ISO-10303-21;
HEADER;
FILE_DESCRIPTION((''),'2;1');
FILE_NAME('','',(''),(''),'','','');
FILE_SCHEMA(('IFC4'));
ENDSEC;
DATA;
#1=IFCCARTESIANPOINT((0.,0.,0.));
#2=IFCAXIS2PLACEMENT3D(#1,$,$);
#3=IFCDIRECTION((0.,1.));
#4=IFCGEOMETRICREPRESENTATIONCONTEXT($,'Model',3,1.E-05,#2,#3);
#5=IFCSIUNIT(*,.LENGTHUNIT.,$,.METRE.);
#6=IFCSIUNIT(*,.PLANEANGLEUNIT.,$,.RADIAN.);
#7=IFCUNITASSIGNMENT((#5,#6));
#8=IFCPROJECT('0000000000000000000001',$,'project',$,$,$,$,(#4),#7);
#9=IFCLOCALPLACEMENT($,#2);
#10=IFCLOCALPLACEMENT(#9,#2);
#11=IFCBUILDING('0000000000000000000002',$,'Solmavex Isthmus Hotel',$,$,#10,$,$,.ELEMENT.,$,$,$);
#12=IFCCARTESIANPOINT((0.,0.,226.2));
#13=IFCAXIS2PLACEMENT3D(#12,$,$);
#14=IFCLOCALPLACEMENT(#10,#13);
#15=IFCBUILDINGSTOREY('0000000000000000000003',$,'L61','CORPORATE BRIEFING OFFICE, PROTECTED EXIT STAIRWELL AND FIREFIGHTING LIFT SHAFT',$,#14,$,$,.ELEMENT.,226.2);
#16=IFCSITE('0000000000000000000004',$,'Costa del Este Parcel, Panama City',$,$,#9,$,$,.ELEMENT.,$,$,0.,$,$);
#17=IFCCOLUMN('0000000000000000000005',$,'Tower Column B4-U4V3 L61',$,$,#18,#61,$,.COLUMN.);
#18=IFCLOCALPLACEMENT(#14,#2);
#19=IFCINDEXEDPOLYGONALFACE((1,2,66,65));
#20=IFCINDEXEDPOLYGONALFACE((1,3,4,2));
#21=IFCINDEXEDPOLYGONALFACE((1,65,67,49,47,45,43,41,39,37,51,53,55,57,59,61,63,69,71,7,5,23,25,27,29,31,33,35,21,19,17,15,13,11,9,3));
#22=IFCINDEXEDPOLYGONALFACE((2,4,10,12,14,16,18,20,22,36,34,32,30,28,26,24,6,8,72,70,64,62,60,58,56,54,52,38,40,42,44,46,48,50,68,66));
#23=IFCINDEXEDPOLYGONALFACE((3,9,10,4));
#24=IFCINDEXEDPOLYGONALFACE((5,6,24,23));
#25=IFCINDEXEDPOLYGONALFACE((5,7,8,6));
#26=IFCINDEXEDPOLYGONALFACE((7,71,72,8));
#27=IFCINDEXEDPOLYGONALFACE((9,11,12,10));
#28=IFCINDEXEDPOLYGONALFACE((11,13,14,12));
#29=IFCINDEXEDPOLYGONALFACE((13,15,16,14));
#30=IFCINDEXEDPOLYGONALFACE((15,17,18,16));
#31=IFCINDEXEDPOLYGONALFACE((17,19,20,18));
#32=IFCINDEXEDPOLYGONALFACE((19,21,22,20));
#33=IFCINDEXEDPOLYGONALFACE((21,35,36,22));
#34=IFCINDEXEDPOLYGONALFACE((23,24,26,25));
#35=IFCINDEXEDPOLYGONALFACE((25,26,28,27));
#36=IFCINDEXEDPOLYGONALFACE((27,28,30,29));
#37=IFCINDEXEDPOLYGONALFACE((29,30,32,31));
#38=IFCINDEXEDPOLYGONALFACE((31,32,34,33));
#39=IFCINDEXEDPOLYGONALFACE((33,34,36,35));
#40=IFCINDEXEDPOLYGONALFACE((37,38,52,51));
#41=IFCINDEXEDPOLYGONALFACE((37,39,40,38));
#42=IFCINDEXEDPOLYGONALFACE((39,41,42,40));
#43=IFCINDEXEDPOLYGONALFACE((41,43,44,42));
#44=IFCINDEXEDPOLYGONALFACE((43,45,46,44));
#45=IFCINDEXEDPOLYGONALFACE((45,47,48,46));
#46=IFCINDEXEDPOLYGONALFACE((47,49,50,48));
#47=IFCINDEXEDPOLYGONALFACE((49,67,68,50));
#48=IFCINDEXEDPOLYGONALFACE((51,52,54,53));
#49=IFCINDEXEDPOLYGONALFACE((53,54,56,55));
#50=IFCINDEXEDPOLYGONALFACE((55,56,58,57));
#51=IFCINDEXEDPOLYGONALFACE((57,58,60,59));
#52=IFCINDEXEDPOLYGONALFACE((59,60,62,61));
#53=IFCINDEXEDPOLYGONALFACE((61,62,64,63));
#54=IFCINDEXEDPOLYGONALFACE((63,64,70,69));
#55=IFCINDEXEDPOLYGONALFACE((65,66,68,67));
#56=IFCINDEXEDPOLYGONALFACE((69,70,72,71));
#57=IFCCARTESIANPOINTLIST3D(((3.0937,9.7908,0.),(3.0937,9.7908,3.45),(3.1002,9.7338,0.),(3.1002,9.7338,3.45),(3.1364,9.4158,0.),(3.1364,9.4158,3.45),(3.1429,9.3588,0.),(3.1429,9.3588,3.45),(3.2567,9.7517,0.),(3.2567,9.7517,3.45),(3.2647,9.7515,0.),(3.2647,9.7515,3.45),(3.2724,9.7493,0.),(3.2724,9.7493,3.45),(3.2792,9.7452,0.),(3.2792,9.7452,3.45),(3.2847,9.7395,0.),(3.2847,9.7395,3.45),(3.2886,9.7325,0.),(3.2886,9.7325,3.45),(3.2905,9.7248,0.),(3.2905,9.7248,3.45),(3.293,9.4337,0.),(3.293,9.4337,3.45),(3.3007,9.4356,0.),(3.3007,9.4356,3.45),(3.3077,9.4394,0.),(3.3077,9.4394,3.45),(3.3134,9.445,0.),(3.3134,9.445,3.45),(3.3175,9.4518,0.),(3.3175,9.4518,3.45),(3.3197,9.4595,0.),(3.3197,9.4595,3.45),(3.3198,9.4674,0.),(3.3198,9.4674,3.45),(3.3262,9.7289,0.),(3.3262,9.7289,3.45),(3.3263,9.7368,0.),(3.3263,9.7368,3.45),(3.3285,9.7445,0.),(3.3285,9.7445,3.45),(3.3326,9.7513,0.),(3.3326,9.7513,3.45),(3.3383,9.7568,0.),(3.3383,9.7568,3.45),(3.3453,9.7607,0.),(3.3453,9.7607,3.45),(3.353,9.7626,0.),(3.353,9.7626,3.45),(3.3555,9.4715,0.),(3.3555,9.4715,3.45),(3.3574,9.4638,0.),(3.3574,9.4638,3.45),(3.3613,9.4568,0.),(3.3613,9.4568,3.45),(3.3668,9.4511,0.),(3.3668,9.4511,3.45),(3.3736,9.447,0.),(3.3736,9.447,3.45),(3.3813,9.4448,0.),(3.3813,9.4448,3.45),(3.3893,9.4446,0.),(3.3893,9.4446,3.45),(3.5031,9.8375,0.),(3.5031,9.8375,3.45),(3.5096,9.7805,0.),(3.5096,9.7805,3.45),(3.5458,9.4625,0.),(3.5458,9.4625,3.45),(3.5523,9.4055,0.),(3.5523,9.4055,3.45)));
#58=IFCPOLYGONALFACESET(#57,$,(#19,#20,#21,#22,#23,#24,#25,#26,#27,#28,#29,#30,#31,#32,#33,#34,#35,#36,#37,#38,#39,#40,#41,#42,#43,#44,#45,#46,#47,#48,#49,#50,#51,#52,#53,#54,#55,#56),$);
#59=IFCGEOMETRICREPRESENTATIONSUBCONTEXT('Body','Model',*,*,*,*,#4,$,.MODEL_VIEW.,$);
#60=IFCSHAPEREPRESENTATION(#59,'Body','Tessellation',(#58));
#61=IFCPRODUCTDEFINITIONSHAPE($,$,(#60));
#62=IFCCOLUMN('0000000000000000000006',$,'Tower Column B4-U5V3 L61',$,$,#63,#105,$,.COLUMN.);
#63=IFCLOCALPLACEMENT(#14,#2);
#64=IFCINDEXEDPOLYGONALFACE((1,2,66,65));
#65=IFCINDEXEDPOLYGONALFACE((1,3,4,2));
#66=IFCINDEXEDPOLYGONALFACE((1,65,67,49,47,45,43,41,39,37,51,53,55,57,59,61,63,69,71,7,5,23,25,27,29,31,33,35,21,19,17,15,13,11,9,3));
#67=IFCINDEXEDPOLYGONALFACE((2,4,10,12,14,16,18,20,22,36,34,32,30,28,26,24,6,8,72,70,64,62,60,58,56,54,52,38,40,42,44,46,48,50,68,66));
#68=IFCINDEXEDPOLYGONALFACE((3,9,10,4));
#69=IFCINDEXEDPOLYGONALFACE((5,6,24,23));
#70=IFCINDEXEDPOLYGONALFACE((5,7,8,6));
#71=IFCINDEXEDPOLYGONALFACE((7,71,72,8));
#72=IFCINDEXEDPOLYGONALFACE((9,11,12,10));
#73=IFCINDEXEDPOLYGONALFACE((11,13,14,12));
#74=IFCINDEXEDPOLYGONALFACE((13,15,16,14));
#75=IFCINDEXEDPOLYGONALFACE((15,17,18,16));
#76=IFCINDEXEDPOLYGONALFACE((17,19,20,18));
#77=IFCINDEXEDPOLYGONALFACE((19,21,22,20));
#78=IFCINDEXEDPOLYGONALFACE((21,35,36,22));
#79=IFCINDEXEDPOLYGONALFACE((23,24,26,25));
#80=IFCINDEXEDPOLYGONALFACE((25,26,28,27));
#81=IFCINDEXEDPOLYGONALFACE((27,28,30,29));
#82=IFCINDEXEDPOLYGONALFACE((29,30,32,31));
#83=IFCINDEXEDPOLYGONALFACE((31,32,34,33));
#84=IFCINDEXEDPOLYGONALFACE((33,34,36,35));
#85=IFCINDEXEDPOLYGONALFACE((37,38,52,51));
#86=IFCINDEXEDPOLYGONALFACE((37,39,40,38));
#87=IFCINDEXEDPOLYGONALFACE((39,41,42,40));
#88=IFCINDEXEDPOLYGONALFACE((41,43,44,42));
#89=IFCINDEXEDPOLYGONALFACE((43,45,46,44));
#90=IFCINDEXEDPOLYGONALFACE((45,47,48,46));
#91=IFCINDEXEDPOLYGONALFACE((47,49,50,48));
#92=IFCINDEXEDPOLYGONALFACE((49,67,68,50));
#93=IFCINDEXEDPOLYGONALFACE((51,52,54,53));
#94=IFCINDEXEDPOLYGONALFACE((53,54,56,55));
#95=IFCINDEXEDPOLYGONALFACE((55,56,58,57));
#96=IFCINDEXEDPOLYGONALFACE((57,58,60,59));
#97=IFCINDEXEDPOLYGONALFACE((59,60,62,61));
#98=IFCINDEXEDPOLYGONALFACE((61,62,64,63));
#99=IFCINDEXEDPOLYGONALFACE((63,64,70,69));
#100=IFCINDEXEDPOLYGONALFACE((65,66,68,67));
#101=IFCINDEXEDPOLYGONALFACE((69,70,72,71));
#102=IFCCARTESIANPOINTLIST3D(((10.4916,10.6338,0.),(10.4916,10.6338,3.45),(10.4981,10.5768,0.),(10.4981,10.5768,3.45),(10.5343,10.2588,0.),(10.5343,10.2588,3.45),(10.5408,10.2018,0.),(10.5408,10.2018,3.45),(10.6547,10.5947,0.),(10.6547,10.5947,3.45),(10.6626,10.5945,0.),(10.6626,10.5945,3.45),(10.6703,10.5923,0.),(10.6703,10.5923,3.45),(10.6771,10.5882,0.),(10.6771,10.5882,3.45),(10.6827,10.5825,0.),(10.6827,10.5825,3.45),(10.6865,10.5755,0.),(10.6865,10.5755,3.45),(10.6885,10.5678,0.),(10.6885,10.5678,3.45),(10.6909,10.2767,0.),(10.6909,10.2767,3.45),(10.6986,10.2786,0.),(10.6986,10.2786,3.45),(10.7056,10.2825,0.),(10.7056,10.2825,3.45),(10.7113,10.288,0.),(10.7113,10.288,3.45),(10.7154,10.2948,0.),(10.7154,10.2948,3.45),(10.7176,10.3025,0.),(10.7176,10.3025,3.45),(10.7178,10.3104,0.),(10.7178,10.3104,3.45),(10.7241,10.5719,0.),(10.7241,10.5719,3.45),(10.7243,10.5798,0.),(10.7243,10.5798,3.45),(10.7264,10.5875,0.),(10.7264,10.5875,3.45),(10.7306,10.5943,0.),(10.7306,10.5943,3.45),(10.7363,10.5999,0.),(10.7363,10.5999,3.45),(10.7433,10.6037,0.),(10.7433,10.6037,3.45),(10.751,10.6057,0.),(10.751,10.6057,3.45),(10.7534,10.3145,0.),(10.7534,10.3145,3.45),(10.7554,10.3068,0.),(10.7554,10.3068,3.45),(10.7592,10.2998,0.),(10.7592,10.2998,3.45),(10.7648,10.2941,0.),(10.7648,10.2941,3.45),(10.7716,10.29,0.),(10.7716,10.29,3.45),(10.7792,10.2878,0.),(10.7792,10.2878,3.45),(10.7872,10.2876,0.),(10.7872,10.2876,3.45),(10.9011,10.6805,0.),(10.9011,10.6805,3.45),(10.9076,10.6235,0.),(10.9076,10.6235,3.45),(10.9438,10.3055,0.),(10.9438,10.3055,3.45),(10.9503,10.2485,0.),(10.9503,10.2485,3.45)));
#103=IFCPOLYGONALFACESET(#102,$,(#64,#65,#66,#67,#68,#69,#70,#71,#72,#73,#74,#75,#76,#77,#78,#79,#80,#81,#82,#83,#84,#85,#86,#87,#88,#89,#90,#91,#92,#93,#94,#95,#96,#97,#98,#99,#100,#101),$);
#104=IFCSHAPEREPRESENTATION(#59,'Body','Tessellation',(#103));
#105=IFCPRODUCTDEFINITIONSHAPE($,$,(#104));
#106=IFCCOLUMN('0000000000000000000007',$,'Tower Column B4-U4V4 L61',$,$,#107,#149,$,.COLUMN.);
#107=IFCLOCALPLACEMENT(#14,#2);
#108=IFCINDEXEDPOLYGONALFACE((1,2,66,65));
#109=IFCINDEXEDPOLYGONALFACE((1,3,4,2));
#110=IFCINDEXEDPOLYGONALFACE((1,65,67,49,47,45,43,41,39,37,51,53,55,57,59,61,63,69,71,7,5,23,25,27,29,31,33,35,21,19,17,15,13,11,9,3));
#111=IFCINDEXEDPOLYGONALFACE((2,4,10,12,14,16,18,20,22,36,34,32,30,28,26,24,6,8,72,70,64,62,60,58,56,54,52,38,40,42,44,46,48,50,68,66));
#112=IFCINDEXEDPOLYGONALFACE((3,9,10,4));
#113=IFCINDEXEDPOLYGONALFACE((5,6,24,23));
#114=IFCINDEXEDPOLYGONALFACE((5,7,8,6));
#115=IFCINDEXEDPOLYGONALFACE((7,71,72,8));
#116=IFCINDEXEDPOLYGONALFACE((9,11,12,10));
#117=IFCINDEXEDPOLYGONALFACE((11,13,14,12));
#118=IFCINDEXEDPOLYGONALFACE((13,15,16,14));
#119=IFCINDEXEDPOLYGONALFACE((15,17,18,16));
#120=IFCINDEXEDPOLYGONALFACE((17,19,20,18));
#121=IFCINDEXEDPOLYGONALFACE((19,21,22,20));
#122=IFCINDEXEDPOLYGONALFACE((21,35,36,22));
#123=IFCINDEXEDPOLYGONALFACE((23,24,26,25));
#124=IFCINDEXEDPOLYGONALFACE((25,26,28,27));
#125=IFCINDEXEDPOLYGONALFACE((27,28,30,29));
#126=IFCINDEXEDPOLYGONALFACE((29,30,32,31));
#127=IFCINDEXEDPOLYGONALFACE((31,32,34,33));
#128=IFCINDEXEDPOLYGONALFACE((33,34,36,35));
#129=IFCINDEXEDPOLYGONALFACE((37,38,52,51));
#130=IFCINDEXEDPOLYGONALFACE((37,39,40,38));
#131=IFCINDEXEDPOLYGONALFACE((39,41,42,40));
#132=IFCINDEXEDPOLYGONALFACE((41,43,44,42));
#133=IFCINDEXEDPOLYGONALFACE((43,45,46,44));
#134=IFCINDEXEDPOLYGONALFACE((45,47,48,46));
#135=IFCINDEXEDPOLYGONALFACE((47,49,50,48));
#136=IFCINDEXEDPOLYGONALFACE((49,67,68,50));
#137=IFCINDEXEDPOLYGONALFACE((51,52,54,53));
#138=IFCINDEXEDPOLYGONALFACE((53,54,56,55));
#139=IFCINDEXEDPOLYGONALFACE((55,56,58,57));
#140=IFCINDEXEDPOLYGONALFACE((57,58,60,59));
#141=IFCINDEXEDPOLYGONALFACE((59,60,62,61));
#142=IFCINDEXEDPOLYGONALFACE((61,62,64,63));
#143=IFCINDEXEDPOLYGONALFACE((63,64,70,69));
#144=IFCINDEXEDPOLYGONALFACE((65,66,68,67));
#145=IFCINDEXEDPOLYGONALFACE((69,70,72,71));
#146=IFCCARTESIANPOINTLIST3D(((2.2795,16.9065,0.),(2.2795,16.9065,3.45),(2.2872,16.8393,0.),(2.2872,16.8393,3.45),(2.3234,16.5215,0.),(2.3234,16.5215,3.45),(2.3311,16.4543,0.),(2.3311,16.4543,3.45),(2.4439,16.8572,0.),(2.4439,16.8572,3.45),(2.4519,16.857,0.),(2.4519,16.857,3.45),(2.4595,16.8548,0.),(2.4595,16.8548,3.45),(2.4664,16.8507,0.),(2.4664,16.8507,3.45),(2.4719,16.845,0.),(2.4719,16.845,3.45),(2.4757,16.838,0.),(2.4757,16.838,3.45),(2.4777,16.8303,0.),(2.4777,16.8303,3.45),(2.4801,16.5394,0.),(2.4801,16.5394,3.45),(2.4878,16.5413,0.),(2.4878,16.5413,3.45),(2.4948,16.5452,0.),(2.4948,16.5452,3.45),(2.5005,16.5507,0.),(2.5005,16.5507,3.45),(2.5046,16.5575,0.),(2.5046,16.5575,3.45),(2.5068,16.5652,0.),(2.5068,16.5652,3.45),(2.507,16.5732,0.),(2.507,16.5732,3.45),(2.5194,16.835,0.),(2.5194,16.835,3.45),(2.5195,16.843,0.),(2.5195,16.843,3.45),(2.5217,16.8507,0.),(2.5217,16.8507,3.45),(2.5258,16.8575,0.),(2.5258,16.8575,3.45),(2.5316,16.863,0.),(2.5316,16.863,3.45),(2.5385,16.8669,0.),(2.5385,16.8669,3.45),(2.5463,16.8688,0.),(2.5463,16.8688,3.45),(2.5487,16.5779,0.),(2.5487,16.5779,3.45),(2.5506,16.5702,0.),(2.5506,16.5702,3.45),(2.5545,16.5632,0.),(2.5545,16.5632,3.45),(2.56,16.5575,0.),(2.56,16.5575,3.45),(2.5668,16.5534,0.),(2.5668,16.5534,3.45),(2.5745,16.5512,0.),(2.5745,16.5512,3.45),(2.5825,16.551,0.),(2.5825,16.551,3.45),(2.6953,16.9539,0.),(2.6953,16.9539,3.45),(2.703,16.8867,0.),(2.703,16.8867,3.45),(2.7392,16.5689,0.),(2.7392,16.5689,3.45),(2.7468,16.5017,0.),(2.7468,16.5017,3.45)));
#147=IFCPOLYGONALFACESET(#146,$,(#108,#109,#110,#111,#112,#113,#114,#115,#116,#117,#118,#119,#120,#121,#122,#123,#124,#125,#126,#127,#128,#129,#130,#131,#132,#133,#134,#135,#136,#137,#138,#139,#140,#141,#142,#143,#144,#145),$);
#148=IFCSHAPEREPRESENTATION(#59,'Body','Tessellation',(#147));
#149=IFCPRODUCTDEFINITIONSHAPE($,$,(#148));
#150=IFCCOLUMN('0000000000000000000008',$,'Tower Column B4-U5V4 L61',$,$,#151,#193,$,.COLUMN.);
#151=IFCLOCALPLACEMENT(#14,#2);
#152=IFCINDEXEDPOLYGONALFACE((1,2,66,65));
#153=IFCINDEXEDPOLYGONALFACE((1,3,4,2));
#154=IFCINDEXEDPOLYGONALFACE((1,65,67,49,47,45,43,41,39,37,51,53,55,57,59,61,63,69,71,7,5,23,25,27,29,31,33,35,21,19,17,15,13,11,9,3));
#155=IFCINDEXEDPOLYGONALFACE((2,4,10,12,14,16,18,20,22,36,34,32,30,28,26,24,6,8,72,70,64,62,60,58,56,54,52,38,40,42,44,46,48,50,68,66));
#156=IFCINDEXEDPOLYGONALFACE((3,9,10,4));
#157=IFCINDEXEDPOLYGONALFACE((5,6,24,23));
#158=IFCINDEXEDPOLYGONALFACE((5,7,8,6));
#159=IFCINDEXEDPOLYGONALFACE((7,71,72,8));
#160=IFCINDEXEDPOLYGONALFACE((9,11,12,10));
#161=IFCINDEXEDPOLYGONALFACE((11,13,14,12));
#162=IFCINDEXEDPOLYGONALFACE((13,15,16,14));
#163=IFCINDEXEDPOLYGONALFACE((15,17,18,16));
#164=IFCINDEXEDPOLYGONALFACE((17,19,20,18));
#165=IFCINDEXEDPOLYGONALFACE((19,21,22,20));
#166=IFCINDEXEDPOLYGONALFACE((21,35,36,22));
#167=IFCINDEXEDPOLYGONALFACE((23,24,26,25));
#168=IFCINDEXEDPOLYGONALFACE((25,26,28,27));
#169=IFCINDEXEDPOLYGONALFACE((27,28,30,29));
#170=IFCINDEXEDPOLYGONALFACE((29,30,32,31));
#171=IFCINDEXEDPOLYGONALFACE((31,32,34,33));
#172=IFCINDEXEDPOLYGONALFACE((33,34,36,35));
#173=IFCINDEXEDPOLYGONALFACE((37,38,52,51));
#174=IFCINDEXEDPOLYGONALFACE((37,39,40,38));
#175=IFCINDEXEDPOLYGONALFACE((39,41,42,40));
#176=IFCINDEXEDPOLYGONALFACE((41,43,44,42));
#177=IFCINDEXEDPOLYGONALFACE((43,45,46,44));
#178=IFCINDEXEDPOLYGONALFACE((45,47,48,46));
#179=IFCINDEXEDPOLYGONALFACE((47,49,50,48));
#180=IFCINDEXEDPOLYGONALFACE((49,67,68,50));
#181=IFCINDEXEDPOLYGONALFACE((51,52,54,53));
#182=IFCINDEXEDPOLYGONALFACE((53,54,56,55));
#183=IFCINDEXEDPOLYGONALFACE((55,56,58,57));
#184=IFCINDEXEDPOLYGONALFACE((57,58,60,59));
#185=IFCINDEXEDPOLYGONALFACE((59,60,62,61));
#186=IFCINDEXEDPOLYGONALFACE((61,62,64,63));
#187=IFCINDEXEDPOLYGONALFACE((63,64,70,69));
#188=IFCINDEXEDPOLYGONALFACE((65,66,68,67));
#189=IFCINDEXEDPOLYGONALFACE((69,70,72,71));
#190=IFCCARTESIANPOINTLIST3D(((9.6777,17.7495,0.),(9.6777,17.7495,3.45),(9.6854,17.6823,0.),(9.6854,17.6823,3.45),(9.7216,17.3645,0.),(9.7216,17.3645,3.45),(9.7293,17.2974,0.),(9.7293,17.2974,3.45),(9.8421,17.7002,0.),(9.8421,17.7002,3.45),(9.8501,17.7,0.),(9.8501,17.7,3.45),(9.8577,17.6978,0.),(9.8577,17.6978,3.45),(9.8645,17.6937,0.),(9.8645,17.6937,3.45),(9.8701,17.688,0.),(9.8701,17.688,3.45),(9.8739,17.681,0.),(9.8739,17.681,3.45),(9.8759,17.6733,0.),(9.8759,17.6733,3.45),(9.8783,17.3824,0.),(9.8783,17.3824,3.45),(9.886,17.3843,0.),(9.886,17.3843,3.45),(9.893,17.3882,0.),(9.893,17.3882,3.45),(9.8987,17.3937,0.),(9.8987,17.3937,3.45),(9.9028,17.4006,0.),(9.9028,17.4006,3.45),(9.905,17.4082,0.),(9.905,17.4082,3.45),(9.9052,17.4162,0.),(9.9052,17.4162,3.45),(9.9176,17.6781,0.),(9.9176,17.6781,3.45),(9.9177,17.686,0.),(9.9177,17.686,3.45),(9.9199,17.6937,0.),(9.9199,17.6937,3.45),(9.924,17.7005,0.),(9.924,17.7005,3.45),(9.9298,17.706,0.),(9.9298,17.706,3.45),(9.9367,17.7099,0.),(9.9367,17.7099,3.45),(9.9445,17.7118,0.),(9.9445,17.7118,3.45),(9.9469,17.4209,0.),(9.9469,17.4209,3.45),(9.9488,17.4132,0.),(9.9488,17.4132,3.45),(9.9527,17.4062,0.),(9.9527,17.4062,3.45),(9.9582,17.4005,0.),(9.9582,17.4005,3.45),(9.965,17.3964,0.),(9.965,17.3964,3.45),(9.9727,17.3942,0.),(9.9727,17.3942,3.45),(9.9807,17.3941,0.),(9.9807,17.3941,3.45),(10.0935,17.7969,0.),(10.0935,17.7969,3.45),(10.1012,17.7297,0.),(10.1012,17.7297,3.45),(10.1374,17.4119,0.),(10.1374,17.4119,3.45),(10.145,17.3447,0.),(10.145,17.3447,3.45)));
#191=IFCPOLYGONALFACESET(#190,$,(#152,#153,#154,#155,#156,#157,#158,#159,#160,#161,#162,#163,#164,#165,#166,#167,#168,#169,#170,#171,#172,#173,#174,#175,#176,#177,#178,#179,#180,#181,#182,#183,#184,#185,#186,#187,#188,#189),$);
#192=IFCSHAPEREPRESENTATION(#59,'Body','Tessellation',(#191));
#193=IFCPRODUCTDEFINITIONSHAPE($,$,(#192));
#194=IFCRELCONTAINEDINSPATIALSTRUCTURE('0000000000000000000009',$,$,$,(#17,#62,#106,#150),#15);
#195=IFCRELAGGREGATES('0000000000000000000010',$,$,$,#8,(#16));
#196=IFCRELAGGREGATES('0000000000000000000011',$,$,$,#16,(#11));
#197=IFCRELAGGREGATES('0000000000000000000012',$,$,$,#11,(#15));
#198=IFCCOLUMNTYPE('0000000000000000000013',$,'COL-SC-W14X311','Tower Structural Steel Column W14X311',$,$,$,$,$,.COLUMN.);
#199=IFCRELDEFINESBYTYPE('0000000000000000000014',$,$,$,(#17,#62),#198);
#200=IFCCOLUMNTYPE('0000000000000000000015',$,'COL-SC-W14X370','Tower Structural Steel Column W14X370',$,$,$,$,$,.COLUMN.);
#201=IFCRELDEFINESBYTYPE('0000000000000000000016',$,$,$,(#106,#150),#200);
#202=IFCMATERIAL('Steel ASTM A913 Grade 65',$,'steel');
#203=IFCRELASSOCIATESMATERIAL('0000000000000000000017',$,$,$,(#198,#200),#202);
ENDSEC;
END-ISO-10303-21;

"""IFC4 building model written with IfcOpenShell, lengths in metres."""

from ifc_helpers import new_model, si_unit, direction, frame, origin, origin_2d, place, context, subcontext, project, spatial, i_section, extrude, material, material_profile, profile_set, type_object, element, save


model = new_model("IFC4")

# Units and contexts
model_context = context("Model", 3, precision=1e-05, world=origin(), true_north=direction((0.0, 1.0)))
body_context = subcontext(model_context, "Body", "Model", "MODEL_VIEW")
ifc_project = project(units=[si_unit("LENGTHUNIT", "METRE"), si_unit("PLANEANGLEUNIT", "RADIAN")], contexts=[model_context])

# Site, building, storey
site_placement = place(None, origin())
site = spatial("IfcSite", under=ifc_project, at=site_placement, Name="Costa del Este Parcel, Panama City", CompositionType="ELEMENT", RefElevation=0.0)
building_placement = place(site_placement, origin())
building = spatial("IfcBuilding", under=site, at=building_placement, Name="Solmavex Isthmus Hotel", CompositionType="ELEMENT")
storey_placement = place(building_placement, frame((0.0, 0.0, 226.2)))
storey = spatial("IfcBuildingStorey", under=building, at=storey_placement, Name="L61", Description="CORPORATE BRIEFING OFFICE, PROTECTED EXIT STAIRWELL AND FIREFIGHTING LIFT SHAFT", CompositionType="ELEMENT", Elevation=226.2)

# Columns
ifc_material_1 = material(Name="Steel ASTM A913 Grade 65", Category="steel")
ifc_material_profile_1 = material_profile(ifc_material_1, i_section(OverallWidth=0.4121, OverallDepth=0.4348, WebThickness=0.0359, FlangeThickness=0.0574, FilletRadius=0.0305, at=origin_2d()), Name="W14X311")
ifc_profile_set_1 = profile_set([ifc_material_profile_1], Name="Steel ASTM A913 Grade 65")
column_type_1 = type_object("IfcColumnType", Name="COL-SC-W14X311", Description="Tower Structural Steel Column W14X311", PredefinedType="COLUMN", material=ifc_profile_set_1)
for number, where, z_axis, x_axis, name in (
    (1, (3.323, 9.5981, 0.0), (0.0, 0.0, 1.0), (0.993572, 0.113203, 0.0), "Tower Column B4-U4V3 L61"),
    (2, (10.7209, 10.4412, 0.0), (0.0, 0.0, 1.0), (0.993572, 0.113203, 0.0), "Tower Column B4-U5V3 L61"),
):
    element("IfcColumn", number, at=place(storey_placement, frame(where, z_axis=z_axis, x_axis=x_axis)), inside=storey, type_object=column_type_1, Name=name, PredefinedType="COLUMN", context=body_context, shape_type="SweptSolid", body=[
        extrude(i_section(OverallWidth=0.4121, OverallDepth=0.4348, WebThickness=0.0359, FlangeThickness=0.0574, FilletRadius=0.0305, at=origin_2d()), origin(), (0.0, 0.0, 1.0), 3.45),
    ])
ifc_material_profile_2 = material_profile(ifc_material_1, i_section(OverallWidth=0.4185, OverallDepth=0.4551, WebThickness=0.042, FlangeThickness=0.0676, FilletRadius=0.0305, at=origin_2d()), Name="W14X370")
ifc_profile_set_2 = profile_set([ifc_material_profile_2], Name="Steel ASTM A913 Grade 65")
column_type_2 = type_object("IfcColumnType", Name="COL-SC-W14X370", Description="Tower Structural Steel Column W14X370", PredefinedType="COLUMN", material=ifc_profile_set_2)
for number, where, z_axis, x_axis, name in (
    (3, (2.5132, 16.7041, 0.0), (0.0, 0.0, 1.0), (0.993572, 0.113203, 0.0), "Tower Column B4-U4V4 L61"),
    (4, (9.9114, 17.5471, 0.0), (0.0, 0.0, 1.0), (0.993572, 0.113203, 0.0), "Tower Column B4-U5V4 L61"),
):
    element("IfcColumn", number, at=place(storey_placement, frame(where, z_axis=z_axis, x_axis=x_axis)), inside=storey, type_object=column_type_2, Name=name, PredefinedType="COLUMN", context=body_context, shape_type="SweptSolid", body=[
        extrude(i_section(OverallWidth=0.4185, OverallDepth=0.4551, WebThickness=0.042, FlangeThickness=0.0676, FilletRadius=0.0305, at=origin_2d()), origin(), (0.0, 0.0, 1.0), 3.45),
    ])

save(model, "model.ifc")
